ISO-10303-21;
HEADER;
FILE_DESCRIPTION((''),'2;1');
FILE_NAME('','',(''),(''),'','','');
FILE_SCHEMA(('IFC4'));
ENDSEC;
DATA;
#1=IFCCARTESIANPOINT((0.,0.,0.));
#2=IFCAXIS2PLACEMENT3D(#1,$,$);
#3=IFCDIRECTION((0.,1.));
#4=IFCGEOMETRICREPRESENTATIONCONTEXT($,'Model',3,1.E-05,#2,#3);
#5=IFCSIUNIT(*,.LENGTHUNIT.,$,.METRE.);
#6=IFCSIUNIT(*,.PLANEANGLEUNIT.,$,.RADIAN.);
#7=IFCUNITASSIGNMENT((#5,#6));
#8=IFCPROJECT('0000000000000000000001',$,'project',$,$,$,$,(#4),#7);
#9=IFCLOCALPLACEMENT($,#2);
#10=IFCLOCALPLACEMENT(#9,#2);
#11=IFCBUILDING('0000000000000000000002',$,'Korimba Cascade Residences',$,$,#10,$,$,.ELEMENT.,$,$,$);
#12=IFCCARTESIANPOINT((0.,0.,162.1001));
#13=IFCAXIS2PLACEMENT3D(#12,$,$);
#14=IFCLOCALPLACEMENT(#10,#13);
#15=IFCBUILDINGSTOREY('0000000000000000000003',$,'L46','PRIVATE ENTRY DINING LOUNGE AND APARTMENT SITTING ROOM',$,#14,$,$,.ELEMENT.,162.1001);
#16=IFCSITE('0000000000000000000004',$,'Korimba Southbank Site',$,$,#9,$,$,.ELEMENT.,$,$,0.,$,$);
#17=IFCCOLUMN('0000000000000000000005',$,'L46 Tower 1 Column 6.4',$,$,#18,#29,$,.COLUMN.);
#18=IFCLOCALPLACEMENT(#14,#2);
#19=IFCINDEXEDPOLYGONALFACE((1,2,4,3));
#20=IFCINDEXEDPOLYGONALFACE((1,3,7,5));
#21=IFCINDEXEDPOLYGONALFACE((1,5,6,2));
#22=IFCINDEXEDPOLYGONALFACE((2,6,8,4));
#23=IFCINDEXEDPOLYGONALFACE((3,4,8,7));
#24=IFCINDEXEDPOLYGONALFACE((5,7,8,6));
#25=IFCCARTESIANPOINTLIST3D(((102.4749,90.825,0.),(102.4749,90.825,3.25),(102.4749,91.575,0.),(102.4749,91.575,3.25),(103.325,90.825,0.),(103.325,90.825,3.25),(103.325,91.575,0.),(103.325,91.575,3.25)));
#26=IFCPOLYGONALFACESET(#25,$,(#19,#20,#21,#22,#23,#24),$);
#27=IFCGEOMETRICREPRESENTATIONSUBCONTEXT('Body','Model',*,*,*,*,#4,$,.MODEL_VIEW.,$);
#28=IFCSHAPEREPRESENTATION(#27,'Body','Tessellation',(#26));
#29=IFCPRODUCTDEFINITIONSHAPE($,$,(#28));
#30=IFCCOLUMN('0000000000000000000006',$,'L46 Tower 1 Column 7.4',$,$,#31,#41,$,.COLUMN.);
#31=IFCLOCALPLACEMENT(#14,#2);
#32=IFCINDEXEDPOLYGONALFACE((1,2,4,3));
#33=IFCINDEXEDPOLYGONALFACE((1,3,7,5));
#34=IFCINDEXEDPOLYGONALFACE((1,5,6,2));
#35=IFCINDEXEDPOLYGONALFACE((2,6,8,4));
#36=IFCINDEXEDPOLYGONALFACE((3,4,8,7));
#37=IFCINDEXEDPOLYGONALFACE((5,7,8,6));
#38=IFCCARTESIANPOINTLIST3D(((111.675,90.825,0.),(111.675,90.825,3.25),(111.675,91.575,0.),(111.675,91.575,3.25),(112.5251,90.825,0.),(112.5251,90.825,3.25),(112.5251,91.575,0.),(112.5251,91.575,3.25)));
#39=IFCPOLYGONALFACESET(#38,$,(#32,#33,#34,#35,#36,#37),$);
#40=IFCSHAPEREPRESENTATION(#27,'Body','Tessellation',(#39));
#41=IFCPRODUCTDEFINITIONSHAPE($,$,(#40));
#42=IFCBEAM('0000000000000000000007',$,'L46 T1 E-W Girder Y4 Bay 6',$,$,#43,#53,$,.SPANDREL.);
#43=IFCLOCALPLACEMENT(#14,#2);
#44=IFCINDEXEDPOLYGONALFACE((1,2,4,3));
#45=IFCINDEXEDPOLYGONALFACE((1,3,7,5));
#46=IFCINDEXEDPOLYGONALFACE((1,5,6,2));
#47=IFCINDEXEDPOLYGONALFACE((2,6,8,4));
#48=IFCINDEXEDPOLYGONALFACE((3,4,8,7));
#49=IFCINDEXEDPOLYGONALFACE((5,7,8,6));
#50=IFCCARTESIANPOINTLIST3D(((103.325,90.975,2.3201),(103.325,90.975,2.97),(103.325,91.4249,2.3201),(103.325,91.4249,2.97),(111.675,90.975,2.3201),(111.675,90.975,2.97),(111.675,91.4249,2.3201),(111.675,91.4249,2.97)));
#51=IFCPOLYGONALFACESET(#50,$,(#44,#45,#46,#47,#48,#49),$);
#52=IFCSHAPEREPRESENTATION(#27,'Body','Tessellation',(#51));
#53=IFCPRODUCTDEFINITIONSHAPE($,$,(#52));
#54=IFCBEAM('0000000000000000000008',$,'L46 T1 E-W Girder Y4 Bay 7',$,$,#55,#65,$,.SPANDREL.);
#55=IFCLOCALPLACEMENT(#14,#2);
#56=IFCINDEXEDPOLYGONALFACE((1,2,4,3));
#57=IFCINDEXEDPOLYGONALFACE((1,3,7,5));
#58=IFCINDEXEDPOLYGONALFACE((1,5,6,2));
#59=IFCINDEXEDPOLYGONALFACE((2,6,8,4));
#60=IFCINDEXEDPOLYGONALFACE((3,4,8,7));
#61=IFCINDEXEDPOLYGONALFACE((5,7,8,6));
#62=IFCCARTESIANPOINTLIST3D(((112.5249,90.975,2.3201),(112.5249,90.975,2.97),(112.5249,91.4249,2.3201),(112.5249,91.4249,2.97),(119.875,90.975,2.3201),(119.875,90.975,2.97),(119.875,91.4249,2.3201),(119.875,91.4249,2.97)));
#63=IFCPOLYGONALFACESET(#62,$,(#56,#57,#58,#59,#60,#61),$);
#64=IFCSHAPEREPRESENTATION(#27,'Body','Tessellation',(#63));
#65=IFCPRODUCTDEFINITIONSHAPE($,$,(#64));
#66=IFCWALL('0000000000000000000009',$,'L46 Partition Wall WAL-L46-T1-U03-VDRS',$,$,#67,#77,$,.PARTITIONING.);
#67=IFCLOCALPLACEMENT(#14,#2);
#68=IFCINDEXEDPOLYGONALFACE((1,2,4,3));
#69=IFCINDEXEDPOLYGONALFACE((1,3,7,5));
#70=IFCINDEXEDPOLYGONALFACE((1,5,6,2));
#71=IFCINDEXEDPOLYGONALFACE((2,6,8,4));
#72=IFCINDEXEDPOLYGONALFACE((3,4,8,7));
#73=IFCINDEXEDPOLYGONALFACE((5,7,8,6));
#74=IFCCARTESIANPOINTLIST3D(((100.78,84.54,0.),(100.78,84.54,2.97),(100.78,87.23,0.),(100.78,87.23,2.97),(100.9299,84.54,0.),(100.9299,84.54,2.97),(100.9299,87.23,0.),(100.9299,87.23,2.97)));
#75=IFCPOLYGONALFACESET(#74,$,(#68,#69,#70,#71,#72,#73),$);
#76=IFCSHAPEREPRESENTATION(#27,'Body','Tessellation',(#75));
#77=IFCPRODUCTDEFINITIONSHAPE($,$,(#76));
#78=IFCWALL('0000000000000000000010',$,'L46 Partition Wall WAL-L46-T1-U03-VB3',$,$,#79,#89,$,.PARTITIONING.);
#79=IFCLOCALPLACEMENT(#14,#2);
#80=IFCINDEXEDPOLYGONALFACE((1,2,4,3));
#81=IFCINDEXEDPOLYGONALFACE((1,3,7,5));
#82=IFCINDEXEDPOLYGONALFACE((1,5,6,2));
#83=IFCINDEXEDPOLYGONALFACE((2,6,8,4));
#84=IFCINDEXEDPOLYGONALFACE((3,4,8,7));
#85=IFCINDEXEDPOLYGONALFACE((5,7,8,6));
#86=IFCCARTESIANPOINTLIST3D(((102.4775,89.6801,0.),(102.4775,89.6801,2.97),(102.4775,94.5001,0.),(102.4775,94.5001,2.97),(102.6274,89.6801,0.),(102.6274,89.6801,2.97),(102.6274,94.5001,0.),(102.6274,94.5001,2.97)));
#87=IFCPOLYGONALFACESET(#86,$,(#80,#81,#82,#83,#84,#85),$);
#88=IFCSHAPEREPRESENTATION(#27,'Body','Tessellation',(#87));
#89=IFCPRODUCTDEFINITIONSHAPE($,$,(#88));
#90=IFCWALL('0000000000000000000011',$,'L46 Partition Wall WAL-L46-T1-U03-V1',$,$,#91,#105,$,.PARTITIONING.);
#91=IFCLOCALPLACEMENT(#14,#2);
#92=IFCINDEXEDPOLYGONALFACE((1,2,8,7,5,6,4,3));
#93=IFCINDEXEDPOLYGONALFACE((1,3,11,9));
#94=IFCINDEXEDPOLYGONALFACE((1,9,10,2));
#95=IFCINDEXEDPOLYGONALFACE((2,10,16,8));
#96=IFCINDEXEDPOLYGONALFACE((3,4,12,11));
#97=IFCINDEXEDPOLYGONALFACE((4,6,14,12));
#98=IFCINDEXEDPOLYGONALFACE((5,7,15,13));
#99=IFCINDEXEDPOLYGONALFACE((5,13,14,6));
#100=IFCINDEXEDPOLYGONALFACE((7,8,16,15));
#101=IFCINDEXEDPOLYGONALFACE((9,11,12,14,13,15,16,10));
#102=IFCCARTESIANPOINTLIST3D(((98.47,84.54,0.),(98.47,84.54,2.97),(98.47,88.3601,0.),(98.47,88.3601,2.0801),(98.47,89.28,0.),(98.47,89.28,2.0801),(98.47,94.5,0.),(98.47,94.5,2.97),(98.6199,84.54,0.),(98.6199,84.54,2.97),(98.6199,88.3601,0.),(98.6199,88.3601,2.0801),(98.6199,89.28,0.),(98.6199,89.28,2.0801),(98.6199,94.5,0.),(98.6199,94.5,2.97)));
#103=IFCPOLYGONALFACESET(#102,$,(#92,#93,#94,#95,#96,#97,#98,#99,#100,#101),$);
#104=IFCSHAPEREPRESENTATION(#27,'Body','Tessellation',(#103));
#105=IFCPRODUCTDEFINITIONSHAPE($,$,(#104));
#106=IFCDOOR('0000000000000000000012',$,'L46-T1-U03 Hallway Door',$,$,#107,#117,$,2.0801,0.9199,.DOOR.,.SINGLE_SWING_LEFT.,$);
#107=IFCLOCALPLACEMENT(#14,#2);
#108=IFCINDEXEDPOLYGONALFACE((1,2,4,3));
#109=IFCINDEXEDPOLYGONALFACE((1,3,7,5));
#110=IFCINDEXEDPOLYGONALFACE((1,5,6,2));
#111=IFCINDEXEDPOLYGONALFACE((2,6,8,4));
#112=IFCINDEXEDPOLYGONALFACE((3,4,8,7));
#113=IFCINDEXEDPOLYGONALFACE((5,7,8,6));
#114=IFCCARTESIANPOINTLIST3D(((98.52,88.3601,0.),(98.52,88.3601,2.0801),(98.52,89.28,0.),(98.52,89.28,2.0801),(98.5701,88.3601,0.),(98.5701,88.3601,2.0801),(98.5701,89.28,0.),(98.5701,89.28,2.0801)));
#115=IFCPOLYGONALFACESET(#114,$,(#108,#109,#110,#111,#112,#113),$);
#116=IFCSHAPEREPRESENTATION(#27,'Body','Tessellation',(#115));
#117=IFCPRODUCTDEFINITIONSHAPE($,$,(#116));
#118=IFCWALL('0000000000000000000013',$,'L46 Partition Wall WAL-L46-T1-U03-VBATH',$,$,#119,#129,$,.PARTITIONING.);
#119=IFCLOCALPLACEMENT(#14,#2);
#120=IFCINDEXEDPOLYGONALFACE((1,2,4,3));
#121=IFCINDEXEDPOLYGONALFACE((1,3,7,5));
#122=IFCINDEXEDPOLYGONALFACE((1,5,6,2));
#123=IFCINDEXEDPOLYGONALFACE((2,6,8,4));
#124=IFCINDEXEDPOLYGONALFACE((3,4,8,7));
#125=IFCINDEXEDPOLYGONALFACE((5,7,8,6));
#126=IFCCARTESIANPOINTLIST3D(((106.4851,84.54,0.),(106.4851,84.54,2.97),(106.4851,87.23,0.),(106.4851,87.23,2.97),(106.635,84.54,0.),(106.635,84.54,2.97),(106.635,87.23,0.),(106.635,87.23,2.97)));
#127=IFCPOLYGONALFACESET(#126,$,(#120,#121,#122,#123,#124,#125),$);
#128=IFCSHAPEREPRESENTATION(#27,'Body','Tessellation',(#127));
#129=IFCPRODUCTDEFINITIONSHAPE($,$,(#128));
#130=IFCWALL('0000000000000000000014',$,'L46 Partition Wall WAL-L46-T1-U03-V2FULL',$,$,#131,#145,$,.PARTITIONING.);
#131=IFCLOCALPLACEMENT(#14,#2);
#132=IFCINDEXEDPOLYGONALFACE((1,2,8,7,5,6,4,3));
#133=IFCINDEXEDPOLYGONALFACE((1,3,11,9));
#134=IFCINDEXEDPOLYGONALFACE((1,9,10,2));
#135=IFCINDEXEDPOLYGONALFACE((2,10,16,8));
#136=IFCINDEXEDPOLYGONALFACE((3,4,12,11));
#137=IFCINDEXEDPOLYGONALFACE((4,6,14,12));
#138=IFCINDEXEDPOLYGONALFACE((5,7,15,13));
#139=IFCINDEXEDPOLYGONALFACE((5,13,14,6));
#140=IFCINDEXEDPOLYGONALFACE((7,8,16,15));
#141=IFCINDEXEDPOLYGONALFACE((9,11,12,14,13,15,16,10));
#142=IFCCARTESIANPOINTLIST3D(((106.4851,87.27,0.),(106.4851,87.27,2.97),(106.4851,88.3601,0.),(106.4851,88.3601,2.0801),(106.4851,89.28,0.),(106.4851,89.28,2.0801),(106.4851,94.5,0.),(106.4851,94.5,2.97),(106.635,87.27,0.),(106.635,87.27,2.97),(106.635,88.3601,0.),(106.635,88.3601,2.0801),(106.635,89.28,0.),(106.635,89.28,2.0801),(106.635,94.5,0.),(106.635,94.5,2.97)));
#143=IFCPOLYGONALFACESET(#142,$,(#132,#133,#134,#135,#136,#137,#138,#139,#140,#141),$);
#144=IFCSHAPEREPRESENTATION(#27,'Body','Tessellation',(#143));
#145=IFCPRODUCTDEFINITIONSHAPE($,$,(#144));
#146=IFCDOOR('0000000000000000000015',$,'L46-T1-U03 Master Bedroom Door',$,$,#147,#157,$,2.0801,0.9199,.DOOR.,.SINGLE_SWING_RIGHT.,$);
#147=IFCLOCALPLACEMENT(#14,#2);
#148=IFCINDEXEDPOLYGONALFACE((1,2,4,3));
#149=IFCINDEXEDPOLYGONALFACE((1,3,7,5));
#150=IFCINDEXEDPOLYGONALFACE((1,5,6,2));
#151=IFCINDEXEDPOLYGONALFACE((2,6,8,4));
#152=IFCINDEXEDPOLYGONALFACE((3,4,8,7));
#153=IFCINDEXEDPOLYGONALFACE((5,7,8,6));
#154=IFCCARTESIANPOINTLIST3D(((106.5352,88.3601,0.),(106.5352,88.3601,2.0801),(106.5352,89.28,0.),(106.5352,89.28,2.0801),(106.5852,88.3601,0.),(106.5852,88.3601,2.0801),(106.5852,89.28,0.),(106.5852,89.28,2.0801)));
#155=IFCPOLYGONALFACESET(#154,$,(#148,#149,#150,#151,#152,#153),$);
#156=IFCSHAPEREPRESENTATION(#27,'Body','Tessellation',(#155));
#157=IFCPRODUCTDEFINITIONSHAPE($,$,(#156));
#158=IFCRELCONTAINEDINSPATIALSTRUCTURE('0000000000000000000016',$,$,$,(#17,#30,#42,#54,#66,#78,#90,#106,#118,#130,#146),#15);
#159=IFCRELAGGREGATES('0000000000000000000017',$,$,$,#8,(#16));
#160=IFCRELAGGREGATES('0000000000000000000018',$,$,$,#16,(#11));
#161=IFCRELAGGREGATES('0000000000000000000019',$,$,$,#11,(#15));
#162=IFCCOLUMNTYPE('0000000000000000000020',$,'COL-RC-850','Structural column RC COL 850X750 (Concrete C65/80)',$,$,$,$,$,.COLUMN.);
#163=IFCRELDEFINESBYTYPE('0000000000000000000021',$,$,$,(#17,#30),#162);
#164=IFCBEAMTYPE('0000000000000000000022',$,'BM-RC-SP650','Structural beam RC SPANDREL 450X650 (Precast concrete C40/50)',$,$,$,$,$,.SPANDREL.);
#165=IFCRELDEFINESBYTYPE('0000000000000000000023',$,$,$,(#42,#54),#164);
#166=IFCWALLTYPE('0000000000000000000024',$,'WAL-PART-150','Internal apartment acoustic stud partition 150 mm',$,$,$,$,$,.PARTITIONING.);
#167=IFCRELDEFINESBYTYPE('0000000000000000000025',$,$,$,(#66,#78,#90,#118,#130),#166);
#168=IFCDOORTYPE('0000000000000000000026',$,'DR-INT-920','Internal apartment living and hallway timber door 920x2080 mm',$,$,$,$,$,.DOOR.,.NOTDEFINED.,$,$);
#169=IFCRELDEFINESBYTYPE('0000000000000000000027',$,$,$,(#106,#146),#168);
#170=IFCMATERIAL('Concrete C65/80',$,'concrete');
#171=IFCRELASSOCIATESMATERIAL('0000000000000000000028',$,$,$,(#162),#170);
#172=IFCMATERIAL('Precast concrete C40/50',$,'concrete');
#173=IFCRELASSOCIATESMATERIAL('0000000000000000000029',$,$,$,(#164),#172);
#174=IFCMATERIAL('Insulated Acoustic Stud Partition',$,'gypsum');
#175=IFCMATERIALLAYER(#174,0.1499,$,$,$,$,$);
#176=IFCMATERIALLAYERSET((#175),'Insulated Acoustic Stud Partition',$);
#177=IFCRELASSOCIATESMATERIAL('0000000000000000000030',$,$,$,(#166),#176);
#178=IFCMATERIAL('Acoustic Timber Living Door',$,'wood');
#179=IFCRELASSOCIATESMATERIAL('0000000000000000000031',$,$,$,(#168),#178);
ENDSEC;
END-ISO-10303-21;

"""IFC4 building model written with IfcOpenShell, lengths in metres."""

from ifc_helpers import new_model, si_unit, direction, frame, frame_2d, origin, origin_2d, place, context, subcontext, project, spatial, rectangle, extrude, material, layer, layer_set, material_profile, profile_set, type_object, element, fill, save


model = new_model("IFC4")

# Units and contexts
model_context = context("Model", 3, precision=1e-05, world=origin(), true_north=direction((0.0, 1.0)))
body_context = subcontext(model_context, "Body", "Model", "MODEL_VIEW")
ifc_project = project(units=[si_unit("LENGTHUNIT", "METRE"), si_unit("PLANEANGLEUNIT", "RADIAN")], contexts=[model_context])

# Site, building, storey
site_placement = place(None, origin())
site = spatial("IfcSite", under=ifc_project, at=site_placement, Name="Korimba Southbank Site", CompositionType="ELEMENT", RefElevation=0.0)
building_placement = place(site_placement, origin())
building = spatial("IfcBuilding", under=site, at=building_placement, Name="Korimba Cascade Residences", CompositionType="ELEMENT")
storey_placement = place(building_placement, frame((0.0, 0.0, 162.1001)))
storey = spatial("IfcBuildingStorey", under=building, at=storey_placement, Name="L46", Description="PRIVATE ENTRY DINING LOUNGE AND APARTMENT SITTING ROOM", CompositionType="ELEMENT", Elevation=162.1001)

# Columns
ifc_material_1 = material(Name="Concrete C65/80", Category="concrete")
ifc_material_profile_1 = material_profile(ifc_material_1, rectangle(XDim=0.8501, YDim=0.75, at=origin_2d()), Name="Concrete C65/80")
ifc_profile_set_1 = profile_set([ifc_material_profile_1], Name="Concrete C65/80")
column_type = type_object("IfcColumnType", Name="COL-RC-850", Description="Structural column RC COL 850X750 (Concrete C65/80)", PredefinedType="COLUMN", material=ifc_profile_set_1)
for number, where, z_axis, x_axis, name in (
    (1, (102.8999, 91.2, 0.0), (0.0, 0.0, 1.0), (1.0, 0.0, 0.0), "L46 Tower 1 Column 6.4"),
    (2, (112.1001, 91.2, 0.0), (0.0, 0.0, 1.0), (1.0, 0.0, 0.0), "L46 Tower 1 Column 7.4"),
):
    element("IfcColumn", number, at=place(storey_placement, frame(where, z_axis=z_axis, x_axis=x_axis)), inside=storey, type_object=column_type, Name=name, PredefinedType="COLUMN", context=body_context, shape_type="SweptSolid", body=[
        extrude(rectangle(XDim=0.8501, YDim=0.75, at=origin_2d()), origin(), (0.0, 0.0, 1.0), 3.25),
    ])

# Beams
ifc_material_2 = material(Name="Precast concrete C40/50", Category="concrete")
ifc_material_profile_2 = material_profile(ifc_material_2, rectangle(XDim=0.45, YDim=0.6499, at=origin_2d()), Name="Precast concrete C40/50")
ifc_profile_set_2 = profile_set([ifc_material_profile_2], Name="Precast concrete C40/50")
beam_type = type_object("IfcBeamType", Name="BM-RC-SP650", Description="Structural beam RC SPANDREL 450X650 (Precast concrete C40/50)", PredefinedType="SPANDREL", material=ifc_profile_set_2)
beam_1_placement = place(storey_placement, frame((103.325, 91.2, 2.645), z_axis=(1.0, 0.0, 0.0), x_axis=(0.0, 1.0, 0.0)))
element("IfcBeam", 3, at=beam_1_placement, inside=storey, type_object=beam_type, Name="L46 T1 E-W Girder Y4 Bay 6", PredefinedType="SPANDREL", context=body_context, shape_type="SweptSolid", body=[
    extrude(rectangle(XDim=0.45, YDim=0.6499, at=origin_2d()), origin(), (0.0, 0.0, 1.0), 8.3501),
])
beam_2_placement = place(storey_placement, frame((112.5249, 91.2, 2.645), z_axis=(1.0, 0.0, 0.0), x_axis=(0.0, 1.0, 0.0)))
element("IfcBeam", 4, at=beam_2_placement, inside=storey, type_object=beam_type, Name="L46 T1 E-W Girder Y4 Bay 7", PredefinedType="SPANDREL", context=body_context, shape_type="SweptSolid", body=[
    extrude(rectangle(XDim=0.45, YDim=0.6499, at=origin_2d()), origin(), (0.0, 0.0, 1.0), 7.3501),
])

# Walls
ifc_material_3 = material(Name="Insulated Acoustic Stud Partition", Category="gypsum")
ifc_layer = layer(ifc_material_3, 0.1499)
ifc_layer_set = layer_set([ifc_layer], Name="Insulated Acoustic Stud Partition")
wall_type = type_object("IfcWallType", Name="WAL-PART-150", Description="Internal apartment acoustic stud partition 150 mm", PredefinedType="PARTITIONING", material=ifc_layer_set)
wall_1_placement = place(storey_placement, frame((100.855, 84.54, 0.0), z_axis=(0.0, 0.0, 1.0), x_axis=(0.0, 1.0, 0.0)))
element("IfcWall", 5, at=wall_1_placement, inside=storey, type_object=wall_type, Name="L46 Partition Wall WAL-L46-T1-U03-VDRS", PredefinedType="PARTITIONING", context=body_context, shape_type="SweptSolid", body=[
    extrude(rectangle(XDim=2.6899, YDim=0.1499, at=frame_2d((1.345, 0.0))), origin(), (0.0, 0.0, 1.0), 2.97),
])
wall_2_placement = place(storey_placement, frame((102.5525, 89.6799, 0.0), z_axis=(0.0, 0.0, 1.0), x_axis=(0.0, 1.0, 0.0)))
element("IfcWall", 6, at=wall_2_placement, inside=storey, type_object=wall_type, Name="L46 Partition Wall WAL-L46-T1-U03-VB3", PredefinedType="PARTITIONING", context=body_context, shape_type="SweptSolid", body=[
    extrude(rectangle(XDim=4.8201, YDim=0.1499, at=frame_2d((2.4102, 0.0))), origin(), (0.0, 0.0, 1.0), 2.97),
])

# Wall, opening, door
wall_3_placement = place(storey_placement, frame((98.5449, 84.54, 0.0), z_axis=(0.0, 0.0, 1.0), x_axis=(0.0, 1.0, 0.0)))
wall_3 = element("IfcWall", 7, at=wall_3_placement, inside=storey, type_object=wall_type, Name="L46 Partition Wall WAL-L46-T1-U03-V1", PredefinedType="PARTITIONING", context=body_context, shape_type="SweptSolid", body=[
    extrude(rectangle(XDim=9.96, YDim=0.1499, at=frame_2d((4.98, 0.0))), origin(), (0.0, 0.0, 1.0), 2.97),
])
opening_1_placement = place(wall_3_placement, frame((3.8201, 0.0, 0.0)))
opening_1 = element("IfcOpeningElement", 8, at=opening_1_placement, cuts=wall_3, PredefinedType="OPENING", context=body_context, shape_type="SweptSolid", body=[
    extrude(rectangle(XDim=0.9199, YDim=2.0801, at=frame_2d((0.46, 1.04))), frame((0.0, 0.085, 0.0), z_axis=(0.0, -1.0, 0.0), x_axis=(1.0, 0.0, 0.0)), (0.0, 0.0, 1.0), 0.1699),
])
ifc_material_4 = material(Name="Acoustic Timber Living Door", Category="wood")
door_type_1 = type_object("IfcDoorType", Name="DR-INT-920", Description="Internal apartment living and hallway timber door 920x2080 mm", OperationType="NOTDEFINED", PredefinedType="DOOR", material=ifc_material_4)
door_1_placement = place(opening_1_placement, origin())
door_1 = element("IfcDoor", 9, at=door_1_placement, inside=storey, type_object=door_type_1, Name="L46-T1-U03 Hallway Door", OperationType="SINGLE_SWING_LEFT", OverallHeight=2.0801, OverallWidth=0.9199, PredefinedType="DOOR", context=body_context, shape_type="SweptSolid", body=[
    extrude(rectangle(XDim=0.9199, YDim=2.0801, at=frame_2d((0.46, 1.04))), frame((0.0, 0.0249, 0.0), z_axis=(0.0, -1.0, 0.0), x_axis=(1.0, 0.0, 0.0)), (0.0, 0.0, 1.0), 0.05),
])
fill(opening_1, door_1)

# Wall
wall_4_placement = place(storey_placement, frame((106.5601, 84.54, 0.0), z_axis=(0.0, 0.0, 1.0), x_axis=(0.0, 1.0, 0.0)))
element("IfcWall", 10, at=wall_4_placement, inside=storey, type_object=wall_type, Name="L46 Partition Wall WAL-L46-T1-U03-VBATH", PredefinedType="PARTITIONING", context=body_context, shape_type="SweptSolid", body=[
    extrude(rectangle(XDim=2.6899, YDim=0.1499, at=frame_2d((1.345, 0.0))), origin(), (0.0, 0.0, 1.0), 2.97),
])

# Wall, opening, door
wall_5_placement = place(storey_placement, frame((106.5601, 87.27, 0.0), z_axis=(0.0, 0.0, 1.0), x_axis=(0.0, 1.0, 0.0)))
wall_5 = element("IfcWall", 11, at=wall_5_placement, inside=storey, type_object=wall_type, Name="L46 Partition Wall WAL-L46-T1-U03-V2FULL", PredefinedType="PARTITIONING", context=body_context, shape_type="SweptSolid", body=[
    extrude(rectangle(XDim=7.23, YDim=0.1499, at=frame_2d((3.615, 0.0))), origin(), (0.0, 0.0, 1.0), 2.97),
])
opening_2_placement = place(wall_5_placement, frame((1.0901, 0.0, 0.0)))
opening_2 = element("IfcOpeningElement", 12, at=opening_2_placement, cuts=wall_5, PredefinedType="OPENING", context=body_context, shape_type="SweptSolid", body=[
    extrude(rectangle(XDim=0.9199, YDim=2.0801, at=frame_2d((0.46, 1.04))), frame((0.0, 0.085, 0.0), z_axis=(0.0, -1.0, 0.0), x_axis=(1.0, 0.0, 0.0)), (0.0, 0.0, 1.0), 0.1699),
])
door_2_placement = place(opening_2_placement, origin())
door_2 = element("IfcDoor", 13, at=door_2_placement, inside=storey, type_object=door_type_1, Name="L46-T1-U03 Master Bedroom Door", OperationType="SINGLE_SWING_RIGHT", OverallHeight=2.0801, OverallWidth=0.9199, PredefinedType="DOOR", context=body_context, shape_type="SweptSolid", body=[
    extrude(rectangle(XDim=0.9199, YDim=2.0801, at=frame_2d((0.46, 1.04))), frame((0.0, 0.0249, 0.0), z_axis=(0.0, -1.0, 0.0), x_axis=(1.0, 0.0, 0.0)), (0.0, 0.0, 1.0), 0.05),
])
fill(opening_2, door_2)

save(model, "model.ifc")
